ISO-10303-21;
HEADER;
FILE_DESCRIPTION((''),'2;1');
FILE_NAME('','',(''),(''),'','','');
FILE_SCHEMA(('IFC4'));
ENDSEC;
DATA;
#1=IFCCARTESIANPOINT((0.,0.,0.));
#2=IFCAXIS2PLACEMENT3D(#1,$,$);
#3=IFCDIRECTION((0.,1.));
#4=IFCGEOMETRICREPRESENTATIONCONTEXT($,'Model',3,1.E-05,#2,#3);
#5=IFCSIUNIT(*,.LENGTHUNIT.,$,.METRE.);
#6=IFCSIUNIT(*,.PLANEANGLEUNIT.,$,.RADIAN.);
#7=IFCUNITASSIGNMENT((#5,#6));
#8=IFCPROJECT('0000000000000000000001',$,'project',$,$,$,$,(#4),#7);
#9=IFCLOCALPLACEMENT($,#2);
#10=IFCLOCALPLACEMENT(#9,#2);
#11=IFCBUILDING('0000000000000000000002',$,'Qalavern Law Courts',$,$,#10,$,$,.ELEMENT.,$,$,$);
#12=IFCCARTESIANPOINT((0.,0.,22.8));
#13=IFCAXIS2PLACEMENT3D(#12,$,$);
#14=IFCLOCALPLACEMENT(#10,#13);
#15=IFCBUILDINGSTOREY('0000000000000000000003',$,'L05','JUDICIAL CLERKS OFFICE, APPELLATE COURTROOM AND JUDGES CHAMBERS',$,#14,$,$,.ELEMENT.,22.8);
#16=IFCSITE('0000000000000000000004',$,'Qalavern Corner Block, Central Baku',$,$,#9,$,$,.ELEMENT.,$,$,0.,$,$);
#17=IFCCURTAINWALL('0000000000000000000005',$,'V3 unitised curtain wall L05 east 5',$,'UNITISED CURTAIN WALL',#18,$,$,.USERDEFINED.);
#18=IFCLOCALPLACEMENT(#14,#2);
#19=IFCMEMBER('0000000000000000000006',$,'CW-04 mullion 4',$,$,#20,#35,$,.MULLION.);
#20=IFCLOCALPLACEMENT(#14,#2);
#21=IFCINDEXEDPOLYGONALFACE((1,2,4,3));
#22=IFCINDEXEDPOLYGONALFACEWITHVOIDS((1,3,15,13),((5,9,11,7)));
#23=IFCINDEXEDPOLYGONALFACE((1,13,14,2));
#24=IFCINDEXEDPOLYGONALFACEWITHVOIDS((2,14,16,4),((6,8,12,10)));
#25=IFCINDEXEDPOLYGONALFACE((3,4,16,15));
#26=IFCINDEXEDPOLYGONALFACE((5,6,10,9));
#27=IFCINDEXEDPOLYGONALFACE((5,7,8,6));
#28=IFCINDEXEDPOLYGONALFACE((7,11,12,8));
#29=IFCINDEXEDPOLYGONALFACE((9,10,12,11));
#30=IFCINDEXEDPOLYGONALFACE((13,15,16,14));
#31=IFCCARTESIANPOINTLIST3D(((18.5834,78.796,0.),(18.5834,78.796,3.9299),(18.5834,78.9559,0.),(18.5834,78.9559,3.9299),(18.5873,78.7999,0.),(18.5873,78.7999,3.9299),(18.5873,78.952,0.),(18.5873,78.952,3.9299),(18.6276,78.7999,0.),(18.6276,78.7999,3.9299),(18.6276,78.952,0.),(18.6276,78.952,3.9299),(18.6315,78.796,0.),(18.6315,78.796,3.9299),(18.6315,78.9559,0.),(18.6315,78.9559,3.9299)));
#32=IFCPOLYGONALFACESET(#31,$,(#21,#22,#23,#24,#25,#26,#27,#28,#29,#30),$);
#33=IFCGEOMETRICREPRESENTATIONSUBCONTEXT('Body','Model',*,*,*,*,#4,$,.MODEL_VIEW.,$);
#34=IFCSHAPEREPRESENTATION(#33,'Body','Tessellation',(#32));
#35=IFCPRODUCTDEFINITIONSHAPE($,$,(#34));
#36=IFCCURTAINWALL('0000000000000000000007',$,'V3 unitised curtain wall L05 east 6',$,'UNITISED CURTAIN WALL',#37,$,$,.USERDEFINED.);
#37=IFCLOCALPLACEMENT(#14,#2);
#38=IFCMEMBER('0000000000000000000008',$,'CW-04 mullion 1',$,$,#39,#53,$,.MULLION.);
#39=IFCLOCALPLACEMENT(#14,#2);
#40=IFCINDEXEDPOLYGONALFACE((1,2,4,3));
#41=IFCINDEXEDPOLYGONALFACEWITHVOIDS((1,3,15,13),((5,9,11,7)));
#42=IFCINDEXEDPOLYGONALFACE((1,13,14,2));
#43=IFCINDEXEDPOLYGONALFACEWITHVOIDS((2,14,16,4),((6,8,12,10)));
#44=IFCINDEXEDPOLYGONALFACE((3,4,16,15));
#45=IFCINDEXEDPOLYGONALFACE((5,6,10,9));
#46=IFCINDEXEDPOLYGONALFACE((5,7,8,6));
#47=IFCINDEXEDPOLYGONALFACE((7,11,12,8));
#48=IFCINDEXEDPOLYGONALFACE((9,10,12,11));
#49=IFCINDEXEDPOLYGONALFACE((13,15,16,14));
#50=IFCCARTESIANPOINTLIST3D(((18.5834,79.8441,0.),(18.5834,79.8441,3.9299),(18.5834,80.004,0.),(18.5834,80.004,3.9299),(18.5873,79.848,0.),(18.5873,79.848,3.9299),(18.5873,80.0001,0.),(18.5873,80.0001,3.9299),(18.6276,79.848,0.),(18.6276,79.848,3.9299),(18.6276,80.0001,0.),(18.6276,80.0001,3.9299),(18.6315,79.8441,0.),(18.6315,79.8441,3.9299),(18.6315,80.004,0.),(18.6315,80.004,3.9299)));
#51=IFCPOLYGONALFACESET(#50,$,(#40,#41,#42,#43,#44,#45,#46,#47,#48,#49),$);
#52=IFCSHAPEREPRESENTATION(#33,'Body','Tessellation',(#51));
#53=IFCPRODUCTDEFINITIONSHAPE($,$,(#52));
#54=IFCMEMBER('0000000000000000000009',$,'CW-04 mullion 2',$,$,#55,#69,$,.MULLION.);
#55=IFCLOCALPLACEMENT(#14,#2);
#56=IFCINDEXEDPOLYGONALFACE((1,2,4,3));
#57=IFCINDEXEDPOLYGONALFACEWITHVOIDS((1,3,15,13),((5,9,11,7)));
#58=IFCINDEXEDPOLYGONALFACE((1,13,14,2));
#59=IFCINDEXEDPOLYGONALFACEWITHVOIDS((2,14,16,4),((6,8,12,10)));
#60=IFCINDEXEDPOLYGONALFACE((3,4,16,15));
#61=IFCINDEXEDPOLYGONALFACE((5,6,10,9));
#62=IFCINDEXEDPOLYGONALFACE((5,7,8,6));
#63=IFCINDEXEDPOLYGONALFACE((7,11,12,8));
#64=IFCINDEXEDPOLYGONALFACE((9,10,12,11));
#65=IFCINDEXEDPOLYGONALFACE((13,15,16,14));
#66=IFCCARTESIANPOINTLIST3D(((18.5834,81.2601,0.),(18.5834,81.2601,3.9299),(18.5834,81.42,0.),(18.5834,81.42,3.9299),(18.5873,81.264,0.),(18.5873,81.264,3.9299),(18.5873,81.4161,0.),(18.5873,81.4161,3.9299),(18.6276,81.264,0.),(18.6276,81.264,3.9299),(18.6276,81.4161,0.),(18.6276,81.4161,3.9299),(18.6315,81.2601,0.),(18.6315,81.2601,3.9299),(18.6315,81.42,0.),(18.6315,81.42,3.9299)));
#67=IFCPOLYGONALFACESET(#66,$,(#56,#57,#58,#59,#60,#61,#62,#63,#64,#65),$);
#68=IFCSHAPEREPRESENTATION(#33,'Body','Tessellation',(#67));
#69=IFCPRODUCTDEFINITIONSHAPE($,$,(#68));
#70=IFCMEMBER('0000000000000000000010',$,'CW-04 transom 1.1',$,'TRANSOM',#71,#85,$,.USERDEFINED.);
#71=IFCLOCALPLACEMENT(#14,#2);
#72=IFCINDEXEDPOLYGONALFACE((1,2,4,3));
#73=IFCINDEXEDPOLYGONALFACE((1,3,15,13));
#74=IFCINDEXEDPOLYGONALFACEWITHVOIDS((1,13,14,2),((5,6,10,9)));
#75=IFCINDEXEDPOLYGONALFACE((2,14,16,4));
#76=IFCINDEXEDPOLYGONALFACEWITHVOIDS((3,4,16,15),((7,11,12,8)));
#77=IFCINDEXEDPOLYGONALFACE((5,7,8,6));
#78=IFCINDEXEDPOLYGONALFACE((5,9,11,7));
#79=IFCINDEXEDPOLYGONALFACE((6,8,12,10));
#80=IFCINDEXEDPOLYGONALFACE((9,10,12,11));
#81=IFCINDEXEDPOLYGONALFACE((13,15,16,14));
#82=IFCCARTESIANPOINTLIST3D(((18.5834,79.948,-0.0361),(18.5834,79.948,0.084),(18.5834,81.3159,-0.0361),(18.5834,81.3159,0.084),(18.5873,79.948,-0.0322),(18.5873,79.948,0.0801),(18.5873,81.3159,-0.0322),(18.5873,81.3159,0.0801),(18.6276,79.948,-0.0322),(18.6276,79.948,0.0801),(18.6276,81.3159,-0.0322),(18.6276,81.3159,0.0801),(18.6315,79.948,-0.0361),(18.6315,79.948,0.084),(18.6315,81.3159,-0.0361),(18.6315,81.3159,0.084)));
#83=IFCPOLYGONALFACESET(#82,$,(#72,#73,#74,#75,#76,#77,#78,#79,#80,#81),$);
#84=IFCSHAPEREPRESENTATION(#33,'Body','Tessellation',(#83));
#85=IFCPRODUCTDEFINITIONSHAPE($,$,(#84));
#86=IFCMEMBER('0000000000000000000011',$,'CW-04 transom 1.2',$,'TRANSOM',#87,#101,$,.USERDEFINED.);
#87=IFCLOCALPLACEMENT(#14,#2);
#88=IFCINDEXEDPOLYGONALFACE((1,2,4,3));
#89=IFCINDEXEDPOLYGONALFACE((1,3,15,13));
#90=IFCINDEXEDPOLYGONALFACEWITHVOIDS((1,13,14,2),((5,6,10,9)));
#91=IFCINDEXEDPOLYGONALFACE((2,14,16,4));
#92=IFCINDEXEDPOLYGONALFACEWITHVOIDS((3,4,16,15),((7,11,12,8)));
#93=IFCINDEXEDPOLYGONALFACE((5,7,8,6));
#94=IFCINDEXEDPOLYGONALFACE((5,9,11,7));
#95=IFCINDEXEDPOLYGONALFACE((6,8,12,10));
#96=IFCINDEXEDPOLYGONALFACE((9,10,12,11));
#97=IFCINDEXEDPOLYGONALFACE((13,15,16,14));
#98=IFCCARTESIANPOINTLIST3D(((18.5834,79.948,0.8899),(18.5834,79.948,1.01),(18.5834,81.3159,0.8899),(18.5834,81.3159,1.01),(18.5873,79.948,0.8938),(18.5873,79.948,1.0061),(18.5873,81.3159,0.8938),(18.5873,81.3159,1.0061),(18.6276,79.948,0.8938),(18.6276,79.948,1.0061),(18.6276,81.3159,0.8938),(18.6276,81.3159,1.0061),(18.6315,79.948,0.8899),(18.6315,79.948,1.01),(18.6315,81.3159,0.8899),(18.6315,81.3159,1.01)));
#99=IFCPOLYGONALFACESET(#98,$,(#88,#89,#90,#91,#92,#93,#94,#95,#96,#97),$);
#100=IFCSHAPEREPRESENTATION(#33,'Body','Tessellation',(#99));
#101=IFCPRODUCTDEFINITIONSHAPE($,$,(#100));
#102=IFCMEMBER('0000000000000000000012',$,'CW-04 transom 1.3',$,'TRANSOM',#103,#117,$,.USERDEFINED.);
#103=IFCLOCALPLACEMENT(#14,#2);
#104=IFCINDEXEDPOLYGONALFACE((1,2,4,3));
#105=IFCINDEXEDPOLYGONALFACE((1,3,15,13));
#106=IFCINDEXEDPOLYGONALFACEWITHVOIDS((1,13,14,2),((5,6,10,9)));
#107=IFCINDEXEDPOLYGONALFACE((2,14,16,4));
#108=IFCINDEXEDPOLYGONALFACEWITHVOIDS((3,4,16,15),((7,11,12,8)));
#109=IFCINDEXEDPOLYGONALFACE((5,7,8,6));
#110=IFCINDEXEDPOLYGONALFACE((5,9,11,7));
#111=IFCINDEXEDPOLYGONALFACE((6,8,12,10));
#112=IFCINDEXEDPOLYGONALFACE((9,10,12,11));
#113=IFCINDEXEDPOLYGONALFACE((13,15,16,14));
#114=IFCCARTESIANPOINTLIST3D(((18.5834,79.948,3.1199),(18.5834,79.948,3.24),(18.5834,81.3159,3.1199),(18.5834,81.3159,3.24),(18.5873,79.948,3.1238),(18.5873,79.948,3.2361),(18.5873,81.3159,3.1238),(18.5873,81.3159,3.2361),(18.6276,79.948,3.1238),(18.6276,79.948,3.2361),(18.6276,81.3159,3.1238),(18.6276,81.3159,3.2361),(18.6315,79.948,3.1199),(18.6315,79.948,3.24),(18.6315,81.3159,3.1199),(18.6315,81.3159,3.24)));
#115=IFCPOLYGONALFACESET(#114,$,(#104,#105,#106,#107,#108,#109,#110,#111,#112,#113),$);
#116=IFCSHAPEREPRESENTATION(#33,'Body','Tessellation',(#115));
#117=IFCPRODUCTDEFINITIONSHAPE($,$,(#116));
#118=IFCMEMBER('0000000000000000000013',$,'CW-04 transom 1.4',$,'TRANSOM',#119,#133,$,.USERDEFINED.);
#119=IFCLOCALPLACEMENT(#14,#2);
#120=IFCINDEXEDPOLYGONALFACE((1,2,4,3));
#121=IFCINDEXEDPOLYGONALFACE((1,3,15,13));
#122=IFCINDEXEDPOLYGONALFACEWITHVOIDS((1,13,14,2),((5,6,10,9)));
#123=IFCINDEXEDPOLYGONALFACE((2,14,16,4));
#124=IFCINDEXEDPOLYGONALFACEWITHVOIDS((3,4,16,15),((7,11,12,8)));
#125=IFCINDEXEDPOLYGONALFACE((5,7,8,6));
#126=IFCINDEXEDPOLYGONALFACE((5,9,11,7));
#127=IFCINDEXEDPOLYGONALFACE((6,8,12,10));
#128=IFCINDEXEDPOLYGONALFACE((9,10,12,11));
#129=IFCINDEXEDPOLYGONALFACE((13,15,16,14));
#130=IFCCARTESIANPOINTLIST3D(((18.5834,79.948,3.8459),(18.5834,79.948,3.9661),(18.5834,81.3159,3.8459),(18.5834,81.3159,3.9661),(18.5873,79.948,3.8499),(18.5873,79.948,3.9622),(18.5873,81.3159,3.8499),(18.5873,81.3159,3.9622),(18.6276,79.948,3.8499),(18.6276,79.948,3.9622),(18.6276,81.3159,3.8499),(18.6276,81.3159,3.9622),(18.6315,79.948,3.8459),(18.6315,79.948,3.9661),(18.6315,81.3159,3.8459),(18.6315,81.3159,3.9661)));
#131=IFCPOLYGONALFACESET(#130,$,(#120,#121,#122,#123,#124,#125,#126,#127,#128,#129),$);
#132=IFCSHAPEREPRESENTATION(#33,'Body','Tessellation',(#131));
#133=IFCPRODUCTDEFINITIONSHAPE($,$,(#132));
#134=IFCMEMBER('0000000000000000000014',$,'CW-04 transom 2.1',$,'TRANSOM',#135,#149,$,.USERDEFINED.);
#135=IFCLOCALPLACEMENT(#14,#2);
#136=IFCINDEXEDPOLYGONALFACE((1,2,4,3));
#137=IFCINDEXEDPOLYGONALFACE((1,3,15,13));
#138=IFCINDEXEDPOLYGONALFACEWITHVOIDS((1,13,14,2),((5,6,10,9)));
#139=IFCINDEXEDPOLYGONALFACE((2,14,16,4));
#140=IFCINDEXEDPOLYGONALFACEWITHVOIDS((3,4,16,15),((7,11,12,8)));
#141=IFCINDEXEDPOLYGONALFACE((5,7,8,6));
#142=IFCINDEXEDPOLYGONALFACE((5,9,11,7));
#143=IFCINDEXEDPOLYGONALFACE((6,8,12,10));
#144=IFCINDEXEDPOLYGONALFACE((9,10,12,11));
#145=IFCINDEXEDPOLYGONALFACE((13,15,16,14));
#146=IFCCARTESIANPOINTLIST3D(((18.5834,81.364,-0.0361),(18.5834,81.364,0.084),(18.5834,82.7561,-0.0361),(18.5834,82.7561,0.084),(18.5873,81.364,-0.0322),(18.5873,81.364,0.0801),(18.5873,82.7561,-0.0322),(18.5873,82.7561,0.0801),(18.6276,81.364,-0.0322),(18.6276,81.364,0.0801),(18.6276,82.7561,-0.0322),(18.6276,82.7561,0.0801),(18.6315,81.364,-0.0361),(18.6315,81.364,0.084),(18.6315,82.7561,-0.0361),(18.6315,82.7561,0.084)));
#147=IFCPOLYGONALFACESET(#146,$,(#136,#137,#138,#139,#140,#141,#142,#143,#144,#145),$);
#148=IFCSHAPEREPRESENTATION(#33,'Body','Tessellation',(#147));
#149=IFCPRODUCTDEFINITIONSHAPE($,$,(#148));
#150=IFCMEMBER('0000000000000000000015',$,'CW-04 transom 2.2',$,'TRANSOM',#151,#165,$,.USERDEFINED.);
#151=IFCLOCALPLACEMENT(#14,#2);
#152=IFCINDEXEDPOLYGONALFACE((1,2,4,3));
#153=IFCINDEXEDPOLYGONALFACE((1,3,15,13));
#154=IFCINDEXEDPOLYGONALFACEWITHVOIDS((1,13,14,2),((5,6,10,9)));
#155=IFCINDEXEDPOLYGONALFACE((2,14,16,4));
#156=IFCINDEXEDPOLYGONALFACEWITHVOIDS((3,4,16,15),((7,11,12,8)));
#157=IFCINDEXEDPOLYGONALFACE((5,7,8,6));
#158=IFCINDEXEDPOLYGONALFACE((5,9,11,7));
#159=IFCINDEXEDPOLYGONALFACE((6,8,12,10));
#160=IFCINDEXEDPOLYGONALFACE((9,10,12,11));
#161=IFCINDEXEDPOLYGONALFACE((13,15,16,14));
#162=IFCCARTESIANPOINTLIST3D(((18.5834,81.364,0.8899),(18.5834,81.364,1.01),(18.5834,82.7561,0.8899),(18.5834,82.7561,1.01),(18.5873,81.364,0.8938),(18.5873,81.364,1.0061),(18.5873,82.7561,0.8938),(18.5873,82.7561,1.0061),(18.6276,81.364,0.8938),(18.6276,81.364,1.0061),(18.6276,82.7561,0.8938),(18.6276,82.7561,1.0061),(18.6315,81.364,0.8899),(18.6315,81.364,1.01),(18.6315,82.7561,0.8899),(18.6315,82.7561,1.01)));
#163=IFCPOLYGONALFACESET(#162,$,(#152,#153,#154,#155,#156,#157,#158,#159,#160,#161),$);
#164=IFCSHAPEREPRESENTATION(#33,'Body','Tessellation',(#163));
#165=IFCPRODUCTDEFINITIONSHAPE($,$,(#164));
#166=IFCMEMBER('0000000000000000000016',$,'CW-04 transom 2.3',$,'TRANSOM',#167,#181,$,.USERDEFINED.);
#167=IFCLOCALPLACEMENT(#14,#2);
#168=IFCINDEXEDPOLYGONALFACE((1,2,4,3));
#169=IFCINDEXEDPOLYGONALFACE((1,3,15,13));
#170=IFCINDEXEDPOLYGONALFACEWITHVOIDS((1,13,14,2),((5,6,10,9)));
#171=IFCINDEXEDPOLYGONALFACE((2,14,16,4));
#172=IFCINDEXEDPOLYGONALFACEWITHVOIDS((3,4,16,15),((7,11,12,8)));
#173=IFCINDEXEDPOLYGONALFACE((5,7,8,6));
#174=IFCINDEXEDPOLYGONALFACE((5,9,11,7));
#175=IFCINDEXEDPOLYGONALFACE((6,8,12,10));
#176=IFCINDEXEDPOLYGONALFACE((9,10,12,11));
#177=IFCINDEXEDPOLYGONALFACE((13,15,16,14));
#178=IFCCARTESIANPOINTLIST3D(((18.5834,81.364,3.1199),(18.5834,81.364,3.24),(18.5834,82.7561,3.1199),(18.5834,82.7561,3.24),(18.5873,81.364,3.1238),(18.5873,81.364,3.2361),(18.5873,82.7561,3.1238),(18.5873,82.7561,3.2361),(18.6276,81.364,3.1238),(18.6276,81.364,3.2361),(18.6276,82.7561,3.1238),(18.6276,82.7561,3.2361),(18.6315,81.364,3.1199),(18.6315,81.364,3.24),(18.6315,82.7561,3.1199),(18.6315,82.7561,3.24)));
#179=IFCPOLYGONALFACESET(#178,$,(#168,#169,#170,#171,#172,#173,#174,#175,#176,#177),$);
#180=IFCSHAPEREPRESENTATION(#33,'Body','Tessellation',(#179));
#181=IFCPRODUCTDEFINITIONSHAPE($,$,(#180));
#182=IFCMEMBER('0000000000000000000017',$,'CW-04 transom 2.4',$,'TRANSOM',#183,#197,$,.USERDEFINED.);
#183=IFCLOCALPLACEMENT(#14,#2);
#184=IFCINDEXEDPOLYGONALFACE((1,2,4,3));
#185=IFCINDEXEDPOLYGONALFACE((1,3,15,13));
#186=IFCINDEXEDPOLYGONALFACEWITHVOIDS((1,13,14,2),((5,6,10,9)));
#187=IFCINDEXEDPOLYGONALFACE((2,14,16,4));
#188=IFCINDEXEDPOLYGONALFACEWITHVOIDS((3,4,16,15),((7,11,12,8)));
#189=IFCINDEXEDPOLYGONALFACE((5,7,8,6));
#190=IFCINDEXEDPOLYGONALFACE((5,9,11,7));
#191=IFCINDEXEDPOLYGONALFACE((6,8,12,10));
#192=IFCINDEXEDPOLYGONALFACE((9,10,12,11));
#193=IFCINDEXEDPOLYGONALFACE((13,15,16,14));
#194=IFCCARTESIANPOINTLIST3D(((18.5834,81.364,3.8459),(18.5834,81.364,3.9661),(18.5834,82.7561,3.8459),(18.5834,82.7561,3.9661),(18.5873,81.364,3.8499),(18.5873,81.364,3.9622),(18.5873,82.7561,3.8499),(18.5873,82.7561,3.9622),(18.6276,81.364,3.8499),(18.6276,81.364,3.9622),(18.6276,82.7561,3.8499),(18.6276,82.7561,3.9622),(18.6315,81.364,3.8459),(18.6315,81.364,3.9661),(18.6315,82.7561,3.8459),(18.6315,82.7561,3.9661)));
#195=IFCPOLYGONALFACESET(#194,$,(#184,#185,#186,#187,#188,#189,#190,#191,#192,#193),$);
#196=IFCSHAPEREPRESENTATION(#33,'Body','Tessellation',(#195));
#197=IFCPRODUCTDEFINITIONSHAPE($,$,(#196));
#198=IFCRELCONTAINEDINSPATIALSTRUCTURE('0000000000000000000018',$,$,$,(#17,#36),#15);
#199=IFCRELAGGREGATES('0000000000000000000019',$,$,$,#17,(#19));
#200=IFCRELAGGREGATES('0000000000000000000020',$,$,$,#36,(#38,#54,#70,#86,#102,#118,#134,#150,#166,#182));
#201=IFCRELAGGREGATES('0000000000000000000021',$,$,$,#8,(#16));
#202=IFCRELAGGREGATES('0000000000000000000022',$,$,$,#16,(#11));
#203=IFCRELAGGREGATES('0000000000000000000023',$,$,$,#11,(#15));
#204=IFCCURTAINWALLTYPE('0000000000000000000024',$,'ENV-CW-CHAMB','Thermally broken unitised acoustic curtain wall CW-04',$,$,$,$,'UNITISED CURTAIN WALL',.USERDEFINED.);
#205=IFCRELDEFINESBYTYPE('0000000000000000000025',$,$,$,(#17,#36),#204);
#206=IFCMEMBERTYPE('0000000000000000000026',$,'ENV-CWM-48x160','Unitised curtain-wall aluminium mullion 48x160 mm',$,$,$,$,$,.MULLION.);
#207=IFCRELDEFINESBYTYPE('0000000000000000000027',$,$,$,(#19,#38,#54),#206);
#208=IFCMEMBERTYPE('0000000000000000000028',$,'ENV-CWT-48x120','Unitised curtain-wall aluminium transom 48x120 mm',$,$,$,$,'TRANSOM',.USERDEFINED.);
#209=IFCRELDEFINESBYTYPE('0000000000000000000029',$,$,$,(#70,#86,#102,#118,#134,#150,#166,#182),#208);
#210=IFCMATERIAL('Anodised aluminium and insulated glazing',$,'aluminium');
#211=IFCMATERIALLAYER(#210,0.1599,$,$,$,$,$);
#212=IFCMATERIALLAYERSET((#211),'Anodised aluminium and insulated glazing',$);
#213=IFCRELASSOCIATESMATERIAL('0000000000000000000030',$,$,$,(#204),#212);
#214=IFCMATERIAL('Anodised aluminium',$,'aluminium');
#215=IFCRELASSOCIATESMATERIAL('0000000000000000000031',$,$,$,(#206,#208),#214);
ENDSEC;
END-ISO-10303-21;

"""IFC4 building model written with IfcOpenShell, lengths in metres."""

from ifc_helpers import new_model, si_unit, direction, frame, origin, origin_2d, place, context, subcontext, project, spatial, hollow_rectangle, extrude, material, layer, layer_set, material_profile, profile_set, type_object, element, aggregate, save


model = new_model("IFC4")

# Units and contexts
model_context = context("Model", 3, precision=1e-05, world=origin(), true_north=direction((0.0, 1.0)))
body_context = subcontext(model_context, "Body", "Model", "MODEL_VIEW")
ifc_project = project(units=[si_unit("LENGTHUNIT", "METRE"), si_unit("PLANEANGLEUNIT", "RADIAN")], contexts=[model_context])

# Site, building, storey
site_placement = place(None, origin())
site = spatial("IfcSite", under=ifc_project, at=site_placement, Name="Qalavern Corner Block, Central Baku", CompositionType="ELEMENT", RefElevation=0.0)
building_placement = place(site_placement, origin())
building = spatial("IfcBuilding", under=site, at=building_placement, Name="Qalavern Law Courts", CompositionType="ELEMENT")
storey_placement = place(building_placement, frame((0.0, 0.0, 22.8)))
storey = spatial("IfcBuildingStorey", under=building, at=storey_placement, Name="L05", Description="JUDICIAL CLERKS OFFICE, APPELLATE COURTROOM AND JUDGES CHAMBERS", CompositionType="ELEMENT", Elevation=22.8)

# Curtain wall, member
ifc_material_1 = material(Name="Anodised aluminium and insulated glazing", Category="aluminium")
ifc_layer_1 = layer(ifc_material_1, 0.1599)
ifc_layer_set_1 = layer_set([ifc_layer_1], Name="Anodised aluminium and insulated glazing")
curtain_wall_type = type_object("IfcCurtainWallType", Name="ENV-CW-CHAMB", Description="Thermally broken unitised acoustic curtain wall CW-04", ElementType="UNITISED CURTAIN WALL", PredefinedType="USERDEFINED", material=ifc_layer_set_1)
curtain_wall_1_placement = place(storey_placement, origin())
curtain_wall_1 = element("IfcCurtainWall", 1, at=curtain_wall_1_placement, inside=storey, type_object=curtain_wall_type, Name="V3 unitised curtain wall L05 east 5", ObjectType="UNITISED CURTAIN WALL", PredefinedType="USERDEFINED")
ifc_material_2 = material(Name="Anodised aluminium", Category="aluminium")
ifc_material_profile_1 = material_profile(ifc_material_2, hollow_rectangle(XDim=0.0481, YDim=0.1599, WallThickness=0.0039, at=origin_2d()), Name="ALU MULLION 48x160")
ifc_profile_set_1 = profile_set([ifc_material_profile_1], Name="Anodised aluminium")
member_type_1 = type_object("IfcMemberType", Name="ENV-CWM-48x160", Description="Unitised curtain-wall aluminium mullion 48x160 mm", PredefinedType="MULLION", material=ifc_profile_set_1)
member_1_placement = place(storey_placement, frame((18.6074, 78.876, 0.0), z_axis=(0.0, 0.0, 1.0), x_axis=(-1.0, 0.0, 0.0)))
member_1 = element("IfcMember", 2, at=member_1_placement, type_object=member_type_1, Name="CW-04 mullion 4", PredefinedType="MULLION", context=body_context, shape_type="SweptSolid", body=[
    extrude(hollow_rectangle(XDim=0.0481, YDim=0.1599, WallThickness=0.0039, at=origin_2d()), origin(), (0.0, 0.0, 1.0), 3.9299),
])

# Curtain wall, members
curtain_wall_2_placement = place(storey_placement, origin())
curtain_wall_2 = element("IfcCurtainWall", 3, at=curtain_wall_2_placement, inside=storey, type_object=curtain_wall_type, Name="V3 unitised curtain wall L05 east 6", ObjectType="UNITISED CURTAIN WALL", PredefinedType="USERDEFINED")
member_2_placement = place(storey_placement, frame((18.6074, 79.9241, 0.0), z_axis=(0.0, 0.0, 1.0), x_axis=(-1.0, 0.0, 0.0)))
member_2 = element("IfcMember", 4, at=member_2_placement, type_object=member_type_1, Name="CW-04 mullion 1", PredefinedType="MULLION", context=body_context, shape_type="SweptSolid", body=[
    extrude(hollow_rectangle(XDim=0.0481, YDim=0.1599, WallThickness=0.0039, at=origin_2d()), origin(), (0.0, 0.0, 1.0), 3.9299),
])
member_3_placement = place(storey_placement, frame((18.6074, 81.3401, 0.0), z_axis=(0.0, 0.0, 1.0), x_axis=(-1.0, 0.0, 0.0)))
member_3 = element("IfcMember", 5, at=member_3_placement, type_object=member_type_1, Name="CW-04 mullion 2", PredefinedType="MULLION", context=body_context, shape_type="SweptSolid", body=[
    extrude(hollow_rectangle(XDim=0.0481, YDim=0.1599, WallThickness=0.0039, at=origin_2d()), origin(), (0.0, 0.0, 1.0), 3.9299),
])
ifc_material_profile_2 = material_profile(ifc_material_2, hollow_rectangle(XDim=0.0481, YDim=0.1201, WallThickness=0.0039, at=origin_2d()), Name="ALU TRANSOM 48x120")
ifc_profile_set_2 = profile_set([ifc_material_profile_2], Name="Anodised aluminium")
member_type_2 = type_object("IfcMemberType", Name="ENV-CWT-48x120", Description="Unitised curtain-wall aluminium transom 48x120 mm", ElementType="TRANSOM", PredefinedType="USERDEFINED", material=ifc_profile_set_2)
member_4_placement = place(storey_placement, frame((18.6074, 79.948, 0.0239), z_axis=(0.0, 1.0, 0.0), x_axis=(-1.0, 0.0, 0.0)))
member_4 = element("IfcMember", 6, at=member_4_placement, type_object=member_type_2, Name="CW-04 transom 1.1", ObjectType="TRANSOM", PredefinedType="USERDEFINED", context=body_context, shape_type="SweptSolid", body=[
    extrude(hollow_rectangle(XDim=0.0481, YDim=0.1201, WallThickness=0.0039, at=origin_2d()), origin(), (0.0, 0.0, 1.0), 1.3679),
])
member_5_placement = place(storey_placement, frame((18.6074, 79.948, 0.95), z_axis=(0.0, 1.0, 0.0), x_axis=(-1.0, 0.0, 0.0)))
member_5 = element("IfcMember", 7, at=member_5_placement, type_object=member_type_2, Name="CW-04 transom 1.2", ObjectType="TRANSOM", PredefinedType="USERDEFINED", context=body_context, shape_type="SweptSolid", body=[
    extrude(hollow_rectangle(XDim=0.0481, YDim=0.1201, WallThickness=0.0039, at=origin_2d()), origin(), (0.0, 0.0, 1.0), 1.3679),
])
member_6_placement = place(storey_placement, frame((18.6074, 79.948, 3.1799), z_axis=(0.0, 1.0, 0.0), x_axis=(-1.0, 0.0, 0.0)))
member_6 = element("IfcMember", 8, at=member_6_placement, type_object=member_type_2, Name="CW-04 transom 1.3", ObjectType="TRANSOM", PredefinedType="USERDEFINED", context=body_context, shape_type="SweptSolid", body=[
    extrude(hollow_rectangle(XDim=0.0481, YDim=0.1201, WallThickness=0.0039, at=origin_2d()), origin(), (0.0, 0.0, 1.0), 1.3679),
])
member_7_placement = place(storey_placement, frame((18.6074, 79.948, 3.906), z_axis=(0.0, 1.0, 0.0), x_axis=(-1.0, 0.0, 0.0)))
member_7 = element("IfcMember", 9, at=member_7_placement, type_object=member_type_2, Name="CW-04 transom 1.4", ObjectType="TRANSOM", PredefinedType="USERDEFINED", context=body_context, shape_type="SweptSolid", body=[
    extrude(hollow_rectangle(XDim=0.0481, YDim=0.1201, WallThickness=0.0039, at=origin_2d()), origin(), (0.0, 0.0, 1.0), 1.3679),
])
member_8_placement = place(storey_placement, frame((18.6074, 81.364, 0.0239), z_axis=(0.0, 1.0, 0.0), x_axis=(-1.0, 0.0, 0.0)))
member_8 = element("IfcMember", 10, at=member_8_placement, type_object=member_type_2, Name="CW-04 transom 2.1", ObjectType="TRANSOM", PredefinedType="USERDEFINED", context=body_context, shape_type="SweptSolid", body=[
    extrude(hollow_rectangle(XDim=0.0481, YDim=0.1201, WallThickness=0.0039, at=origin_2d()), origin(), (0.0, 0.0, 1.0), 1.3921),
])
member_9_placement = place(storey_placement, frame((18.6074, 81.364, 0.95), z_axis=(0.0, 1.0, 0.0), x_axis=(-1.0, 0.0, 0.0)))
member_9 = element("IfcMember", 11, at=member_9_placement, type_object=member_type_2, Name="CW-04 transom 2.2", ObjectType="TRANSOM", PredefinedType="USERDEFINED", context=body_context, shape_type="SweptSolid", body=[
    extrude(hollow_rectangle(XDim=0.0481, YDim=0.1201, WallThickness=0.0039, at=origin_2d()), origin(), (0.0, 0.0, 1.0), 1.3921),
])
member_10_placement = place(storey_placement, frame((18.6074, 81.364, 3.1799), z_axis=(0.0, 1.0, 0.0), x_axis=(-1.0, 0.0, 0.0)))
member_10 = element("IfcMember", 12, at=member_10_placement, type_object=member_type_2, Name="CW-04 transom 2.3", ObjectType="TRANSOM", PredefinedType="USERDEFINED", context=body_context, shape_type="SweptSolid", body=[
    extrude(hollow_rectangle(XDim=0.0481, YDim=0.1201, WallThickness=0.0039, at=origin_2d()), origin(), (0.0, 0.0, 1.0), 1.3921),
])
member_11_placement = place(storey_placement, frame((18.6074, 81.364, 3.906), z_axis=(0.0, 1.0, 0.0), x_axis=(-1.0, 0.0, 0.0)))
member_11 = element("IfcMember", 13, at=member_11_placement, type_object=member_type_2, Name="CW-04 transom 2.4", ObjectType="TRANSOM", PredefinedType="USERDEFINED", context=body_context, shape_type="SweptSolid", body=[
    extrude(hollow_rectangle(XDim=0.0481, YDim=0.1201, WallThickness=0.0039, at=origin_2d()), origin(), (0.0, 0.0, 1.0), 1.3921),
])

aggregate(curtain_wall_1, [member_1])
aggregate(curtain_wall_2, [member_2, member_3, member_4, member_5, member_6, member_7, member_8, member_9, member_10, member_11])

save(model, "model.ifc")
